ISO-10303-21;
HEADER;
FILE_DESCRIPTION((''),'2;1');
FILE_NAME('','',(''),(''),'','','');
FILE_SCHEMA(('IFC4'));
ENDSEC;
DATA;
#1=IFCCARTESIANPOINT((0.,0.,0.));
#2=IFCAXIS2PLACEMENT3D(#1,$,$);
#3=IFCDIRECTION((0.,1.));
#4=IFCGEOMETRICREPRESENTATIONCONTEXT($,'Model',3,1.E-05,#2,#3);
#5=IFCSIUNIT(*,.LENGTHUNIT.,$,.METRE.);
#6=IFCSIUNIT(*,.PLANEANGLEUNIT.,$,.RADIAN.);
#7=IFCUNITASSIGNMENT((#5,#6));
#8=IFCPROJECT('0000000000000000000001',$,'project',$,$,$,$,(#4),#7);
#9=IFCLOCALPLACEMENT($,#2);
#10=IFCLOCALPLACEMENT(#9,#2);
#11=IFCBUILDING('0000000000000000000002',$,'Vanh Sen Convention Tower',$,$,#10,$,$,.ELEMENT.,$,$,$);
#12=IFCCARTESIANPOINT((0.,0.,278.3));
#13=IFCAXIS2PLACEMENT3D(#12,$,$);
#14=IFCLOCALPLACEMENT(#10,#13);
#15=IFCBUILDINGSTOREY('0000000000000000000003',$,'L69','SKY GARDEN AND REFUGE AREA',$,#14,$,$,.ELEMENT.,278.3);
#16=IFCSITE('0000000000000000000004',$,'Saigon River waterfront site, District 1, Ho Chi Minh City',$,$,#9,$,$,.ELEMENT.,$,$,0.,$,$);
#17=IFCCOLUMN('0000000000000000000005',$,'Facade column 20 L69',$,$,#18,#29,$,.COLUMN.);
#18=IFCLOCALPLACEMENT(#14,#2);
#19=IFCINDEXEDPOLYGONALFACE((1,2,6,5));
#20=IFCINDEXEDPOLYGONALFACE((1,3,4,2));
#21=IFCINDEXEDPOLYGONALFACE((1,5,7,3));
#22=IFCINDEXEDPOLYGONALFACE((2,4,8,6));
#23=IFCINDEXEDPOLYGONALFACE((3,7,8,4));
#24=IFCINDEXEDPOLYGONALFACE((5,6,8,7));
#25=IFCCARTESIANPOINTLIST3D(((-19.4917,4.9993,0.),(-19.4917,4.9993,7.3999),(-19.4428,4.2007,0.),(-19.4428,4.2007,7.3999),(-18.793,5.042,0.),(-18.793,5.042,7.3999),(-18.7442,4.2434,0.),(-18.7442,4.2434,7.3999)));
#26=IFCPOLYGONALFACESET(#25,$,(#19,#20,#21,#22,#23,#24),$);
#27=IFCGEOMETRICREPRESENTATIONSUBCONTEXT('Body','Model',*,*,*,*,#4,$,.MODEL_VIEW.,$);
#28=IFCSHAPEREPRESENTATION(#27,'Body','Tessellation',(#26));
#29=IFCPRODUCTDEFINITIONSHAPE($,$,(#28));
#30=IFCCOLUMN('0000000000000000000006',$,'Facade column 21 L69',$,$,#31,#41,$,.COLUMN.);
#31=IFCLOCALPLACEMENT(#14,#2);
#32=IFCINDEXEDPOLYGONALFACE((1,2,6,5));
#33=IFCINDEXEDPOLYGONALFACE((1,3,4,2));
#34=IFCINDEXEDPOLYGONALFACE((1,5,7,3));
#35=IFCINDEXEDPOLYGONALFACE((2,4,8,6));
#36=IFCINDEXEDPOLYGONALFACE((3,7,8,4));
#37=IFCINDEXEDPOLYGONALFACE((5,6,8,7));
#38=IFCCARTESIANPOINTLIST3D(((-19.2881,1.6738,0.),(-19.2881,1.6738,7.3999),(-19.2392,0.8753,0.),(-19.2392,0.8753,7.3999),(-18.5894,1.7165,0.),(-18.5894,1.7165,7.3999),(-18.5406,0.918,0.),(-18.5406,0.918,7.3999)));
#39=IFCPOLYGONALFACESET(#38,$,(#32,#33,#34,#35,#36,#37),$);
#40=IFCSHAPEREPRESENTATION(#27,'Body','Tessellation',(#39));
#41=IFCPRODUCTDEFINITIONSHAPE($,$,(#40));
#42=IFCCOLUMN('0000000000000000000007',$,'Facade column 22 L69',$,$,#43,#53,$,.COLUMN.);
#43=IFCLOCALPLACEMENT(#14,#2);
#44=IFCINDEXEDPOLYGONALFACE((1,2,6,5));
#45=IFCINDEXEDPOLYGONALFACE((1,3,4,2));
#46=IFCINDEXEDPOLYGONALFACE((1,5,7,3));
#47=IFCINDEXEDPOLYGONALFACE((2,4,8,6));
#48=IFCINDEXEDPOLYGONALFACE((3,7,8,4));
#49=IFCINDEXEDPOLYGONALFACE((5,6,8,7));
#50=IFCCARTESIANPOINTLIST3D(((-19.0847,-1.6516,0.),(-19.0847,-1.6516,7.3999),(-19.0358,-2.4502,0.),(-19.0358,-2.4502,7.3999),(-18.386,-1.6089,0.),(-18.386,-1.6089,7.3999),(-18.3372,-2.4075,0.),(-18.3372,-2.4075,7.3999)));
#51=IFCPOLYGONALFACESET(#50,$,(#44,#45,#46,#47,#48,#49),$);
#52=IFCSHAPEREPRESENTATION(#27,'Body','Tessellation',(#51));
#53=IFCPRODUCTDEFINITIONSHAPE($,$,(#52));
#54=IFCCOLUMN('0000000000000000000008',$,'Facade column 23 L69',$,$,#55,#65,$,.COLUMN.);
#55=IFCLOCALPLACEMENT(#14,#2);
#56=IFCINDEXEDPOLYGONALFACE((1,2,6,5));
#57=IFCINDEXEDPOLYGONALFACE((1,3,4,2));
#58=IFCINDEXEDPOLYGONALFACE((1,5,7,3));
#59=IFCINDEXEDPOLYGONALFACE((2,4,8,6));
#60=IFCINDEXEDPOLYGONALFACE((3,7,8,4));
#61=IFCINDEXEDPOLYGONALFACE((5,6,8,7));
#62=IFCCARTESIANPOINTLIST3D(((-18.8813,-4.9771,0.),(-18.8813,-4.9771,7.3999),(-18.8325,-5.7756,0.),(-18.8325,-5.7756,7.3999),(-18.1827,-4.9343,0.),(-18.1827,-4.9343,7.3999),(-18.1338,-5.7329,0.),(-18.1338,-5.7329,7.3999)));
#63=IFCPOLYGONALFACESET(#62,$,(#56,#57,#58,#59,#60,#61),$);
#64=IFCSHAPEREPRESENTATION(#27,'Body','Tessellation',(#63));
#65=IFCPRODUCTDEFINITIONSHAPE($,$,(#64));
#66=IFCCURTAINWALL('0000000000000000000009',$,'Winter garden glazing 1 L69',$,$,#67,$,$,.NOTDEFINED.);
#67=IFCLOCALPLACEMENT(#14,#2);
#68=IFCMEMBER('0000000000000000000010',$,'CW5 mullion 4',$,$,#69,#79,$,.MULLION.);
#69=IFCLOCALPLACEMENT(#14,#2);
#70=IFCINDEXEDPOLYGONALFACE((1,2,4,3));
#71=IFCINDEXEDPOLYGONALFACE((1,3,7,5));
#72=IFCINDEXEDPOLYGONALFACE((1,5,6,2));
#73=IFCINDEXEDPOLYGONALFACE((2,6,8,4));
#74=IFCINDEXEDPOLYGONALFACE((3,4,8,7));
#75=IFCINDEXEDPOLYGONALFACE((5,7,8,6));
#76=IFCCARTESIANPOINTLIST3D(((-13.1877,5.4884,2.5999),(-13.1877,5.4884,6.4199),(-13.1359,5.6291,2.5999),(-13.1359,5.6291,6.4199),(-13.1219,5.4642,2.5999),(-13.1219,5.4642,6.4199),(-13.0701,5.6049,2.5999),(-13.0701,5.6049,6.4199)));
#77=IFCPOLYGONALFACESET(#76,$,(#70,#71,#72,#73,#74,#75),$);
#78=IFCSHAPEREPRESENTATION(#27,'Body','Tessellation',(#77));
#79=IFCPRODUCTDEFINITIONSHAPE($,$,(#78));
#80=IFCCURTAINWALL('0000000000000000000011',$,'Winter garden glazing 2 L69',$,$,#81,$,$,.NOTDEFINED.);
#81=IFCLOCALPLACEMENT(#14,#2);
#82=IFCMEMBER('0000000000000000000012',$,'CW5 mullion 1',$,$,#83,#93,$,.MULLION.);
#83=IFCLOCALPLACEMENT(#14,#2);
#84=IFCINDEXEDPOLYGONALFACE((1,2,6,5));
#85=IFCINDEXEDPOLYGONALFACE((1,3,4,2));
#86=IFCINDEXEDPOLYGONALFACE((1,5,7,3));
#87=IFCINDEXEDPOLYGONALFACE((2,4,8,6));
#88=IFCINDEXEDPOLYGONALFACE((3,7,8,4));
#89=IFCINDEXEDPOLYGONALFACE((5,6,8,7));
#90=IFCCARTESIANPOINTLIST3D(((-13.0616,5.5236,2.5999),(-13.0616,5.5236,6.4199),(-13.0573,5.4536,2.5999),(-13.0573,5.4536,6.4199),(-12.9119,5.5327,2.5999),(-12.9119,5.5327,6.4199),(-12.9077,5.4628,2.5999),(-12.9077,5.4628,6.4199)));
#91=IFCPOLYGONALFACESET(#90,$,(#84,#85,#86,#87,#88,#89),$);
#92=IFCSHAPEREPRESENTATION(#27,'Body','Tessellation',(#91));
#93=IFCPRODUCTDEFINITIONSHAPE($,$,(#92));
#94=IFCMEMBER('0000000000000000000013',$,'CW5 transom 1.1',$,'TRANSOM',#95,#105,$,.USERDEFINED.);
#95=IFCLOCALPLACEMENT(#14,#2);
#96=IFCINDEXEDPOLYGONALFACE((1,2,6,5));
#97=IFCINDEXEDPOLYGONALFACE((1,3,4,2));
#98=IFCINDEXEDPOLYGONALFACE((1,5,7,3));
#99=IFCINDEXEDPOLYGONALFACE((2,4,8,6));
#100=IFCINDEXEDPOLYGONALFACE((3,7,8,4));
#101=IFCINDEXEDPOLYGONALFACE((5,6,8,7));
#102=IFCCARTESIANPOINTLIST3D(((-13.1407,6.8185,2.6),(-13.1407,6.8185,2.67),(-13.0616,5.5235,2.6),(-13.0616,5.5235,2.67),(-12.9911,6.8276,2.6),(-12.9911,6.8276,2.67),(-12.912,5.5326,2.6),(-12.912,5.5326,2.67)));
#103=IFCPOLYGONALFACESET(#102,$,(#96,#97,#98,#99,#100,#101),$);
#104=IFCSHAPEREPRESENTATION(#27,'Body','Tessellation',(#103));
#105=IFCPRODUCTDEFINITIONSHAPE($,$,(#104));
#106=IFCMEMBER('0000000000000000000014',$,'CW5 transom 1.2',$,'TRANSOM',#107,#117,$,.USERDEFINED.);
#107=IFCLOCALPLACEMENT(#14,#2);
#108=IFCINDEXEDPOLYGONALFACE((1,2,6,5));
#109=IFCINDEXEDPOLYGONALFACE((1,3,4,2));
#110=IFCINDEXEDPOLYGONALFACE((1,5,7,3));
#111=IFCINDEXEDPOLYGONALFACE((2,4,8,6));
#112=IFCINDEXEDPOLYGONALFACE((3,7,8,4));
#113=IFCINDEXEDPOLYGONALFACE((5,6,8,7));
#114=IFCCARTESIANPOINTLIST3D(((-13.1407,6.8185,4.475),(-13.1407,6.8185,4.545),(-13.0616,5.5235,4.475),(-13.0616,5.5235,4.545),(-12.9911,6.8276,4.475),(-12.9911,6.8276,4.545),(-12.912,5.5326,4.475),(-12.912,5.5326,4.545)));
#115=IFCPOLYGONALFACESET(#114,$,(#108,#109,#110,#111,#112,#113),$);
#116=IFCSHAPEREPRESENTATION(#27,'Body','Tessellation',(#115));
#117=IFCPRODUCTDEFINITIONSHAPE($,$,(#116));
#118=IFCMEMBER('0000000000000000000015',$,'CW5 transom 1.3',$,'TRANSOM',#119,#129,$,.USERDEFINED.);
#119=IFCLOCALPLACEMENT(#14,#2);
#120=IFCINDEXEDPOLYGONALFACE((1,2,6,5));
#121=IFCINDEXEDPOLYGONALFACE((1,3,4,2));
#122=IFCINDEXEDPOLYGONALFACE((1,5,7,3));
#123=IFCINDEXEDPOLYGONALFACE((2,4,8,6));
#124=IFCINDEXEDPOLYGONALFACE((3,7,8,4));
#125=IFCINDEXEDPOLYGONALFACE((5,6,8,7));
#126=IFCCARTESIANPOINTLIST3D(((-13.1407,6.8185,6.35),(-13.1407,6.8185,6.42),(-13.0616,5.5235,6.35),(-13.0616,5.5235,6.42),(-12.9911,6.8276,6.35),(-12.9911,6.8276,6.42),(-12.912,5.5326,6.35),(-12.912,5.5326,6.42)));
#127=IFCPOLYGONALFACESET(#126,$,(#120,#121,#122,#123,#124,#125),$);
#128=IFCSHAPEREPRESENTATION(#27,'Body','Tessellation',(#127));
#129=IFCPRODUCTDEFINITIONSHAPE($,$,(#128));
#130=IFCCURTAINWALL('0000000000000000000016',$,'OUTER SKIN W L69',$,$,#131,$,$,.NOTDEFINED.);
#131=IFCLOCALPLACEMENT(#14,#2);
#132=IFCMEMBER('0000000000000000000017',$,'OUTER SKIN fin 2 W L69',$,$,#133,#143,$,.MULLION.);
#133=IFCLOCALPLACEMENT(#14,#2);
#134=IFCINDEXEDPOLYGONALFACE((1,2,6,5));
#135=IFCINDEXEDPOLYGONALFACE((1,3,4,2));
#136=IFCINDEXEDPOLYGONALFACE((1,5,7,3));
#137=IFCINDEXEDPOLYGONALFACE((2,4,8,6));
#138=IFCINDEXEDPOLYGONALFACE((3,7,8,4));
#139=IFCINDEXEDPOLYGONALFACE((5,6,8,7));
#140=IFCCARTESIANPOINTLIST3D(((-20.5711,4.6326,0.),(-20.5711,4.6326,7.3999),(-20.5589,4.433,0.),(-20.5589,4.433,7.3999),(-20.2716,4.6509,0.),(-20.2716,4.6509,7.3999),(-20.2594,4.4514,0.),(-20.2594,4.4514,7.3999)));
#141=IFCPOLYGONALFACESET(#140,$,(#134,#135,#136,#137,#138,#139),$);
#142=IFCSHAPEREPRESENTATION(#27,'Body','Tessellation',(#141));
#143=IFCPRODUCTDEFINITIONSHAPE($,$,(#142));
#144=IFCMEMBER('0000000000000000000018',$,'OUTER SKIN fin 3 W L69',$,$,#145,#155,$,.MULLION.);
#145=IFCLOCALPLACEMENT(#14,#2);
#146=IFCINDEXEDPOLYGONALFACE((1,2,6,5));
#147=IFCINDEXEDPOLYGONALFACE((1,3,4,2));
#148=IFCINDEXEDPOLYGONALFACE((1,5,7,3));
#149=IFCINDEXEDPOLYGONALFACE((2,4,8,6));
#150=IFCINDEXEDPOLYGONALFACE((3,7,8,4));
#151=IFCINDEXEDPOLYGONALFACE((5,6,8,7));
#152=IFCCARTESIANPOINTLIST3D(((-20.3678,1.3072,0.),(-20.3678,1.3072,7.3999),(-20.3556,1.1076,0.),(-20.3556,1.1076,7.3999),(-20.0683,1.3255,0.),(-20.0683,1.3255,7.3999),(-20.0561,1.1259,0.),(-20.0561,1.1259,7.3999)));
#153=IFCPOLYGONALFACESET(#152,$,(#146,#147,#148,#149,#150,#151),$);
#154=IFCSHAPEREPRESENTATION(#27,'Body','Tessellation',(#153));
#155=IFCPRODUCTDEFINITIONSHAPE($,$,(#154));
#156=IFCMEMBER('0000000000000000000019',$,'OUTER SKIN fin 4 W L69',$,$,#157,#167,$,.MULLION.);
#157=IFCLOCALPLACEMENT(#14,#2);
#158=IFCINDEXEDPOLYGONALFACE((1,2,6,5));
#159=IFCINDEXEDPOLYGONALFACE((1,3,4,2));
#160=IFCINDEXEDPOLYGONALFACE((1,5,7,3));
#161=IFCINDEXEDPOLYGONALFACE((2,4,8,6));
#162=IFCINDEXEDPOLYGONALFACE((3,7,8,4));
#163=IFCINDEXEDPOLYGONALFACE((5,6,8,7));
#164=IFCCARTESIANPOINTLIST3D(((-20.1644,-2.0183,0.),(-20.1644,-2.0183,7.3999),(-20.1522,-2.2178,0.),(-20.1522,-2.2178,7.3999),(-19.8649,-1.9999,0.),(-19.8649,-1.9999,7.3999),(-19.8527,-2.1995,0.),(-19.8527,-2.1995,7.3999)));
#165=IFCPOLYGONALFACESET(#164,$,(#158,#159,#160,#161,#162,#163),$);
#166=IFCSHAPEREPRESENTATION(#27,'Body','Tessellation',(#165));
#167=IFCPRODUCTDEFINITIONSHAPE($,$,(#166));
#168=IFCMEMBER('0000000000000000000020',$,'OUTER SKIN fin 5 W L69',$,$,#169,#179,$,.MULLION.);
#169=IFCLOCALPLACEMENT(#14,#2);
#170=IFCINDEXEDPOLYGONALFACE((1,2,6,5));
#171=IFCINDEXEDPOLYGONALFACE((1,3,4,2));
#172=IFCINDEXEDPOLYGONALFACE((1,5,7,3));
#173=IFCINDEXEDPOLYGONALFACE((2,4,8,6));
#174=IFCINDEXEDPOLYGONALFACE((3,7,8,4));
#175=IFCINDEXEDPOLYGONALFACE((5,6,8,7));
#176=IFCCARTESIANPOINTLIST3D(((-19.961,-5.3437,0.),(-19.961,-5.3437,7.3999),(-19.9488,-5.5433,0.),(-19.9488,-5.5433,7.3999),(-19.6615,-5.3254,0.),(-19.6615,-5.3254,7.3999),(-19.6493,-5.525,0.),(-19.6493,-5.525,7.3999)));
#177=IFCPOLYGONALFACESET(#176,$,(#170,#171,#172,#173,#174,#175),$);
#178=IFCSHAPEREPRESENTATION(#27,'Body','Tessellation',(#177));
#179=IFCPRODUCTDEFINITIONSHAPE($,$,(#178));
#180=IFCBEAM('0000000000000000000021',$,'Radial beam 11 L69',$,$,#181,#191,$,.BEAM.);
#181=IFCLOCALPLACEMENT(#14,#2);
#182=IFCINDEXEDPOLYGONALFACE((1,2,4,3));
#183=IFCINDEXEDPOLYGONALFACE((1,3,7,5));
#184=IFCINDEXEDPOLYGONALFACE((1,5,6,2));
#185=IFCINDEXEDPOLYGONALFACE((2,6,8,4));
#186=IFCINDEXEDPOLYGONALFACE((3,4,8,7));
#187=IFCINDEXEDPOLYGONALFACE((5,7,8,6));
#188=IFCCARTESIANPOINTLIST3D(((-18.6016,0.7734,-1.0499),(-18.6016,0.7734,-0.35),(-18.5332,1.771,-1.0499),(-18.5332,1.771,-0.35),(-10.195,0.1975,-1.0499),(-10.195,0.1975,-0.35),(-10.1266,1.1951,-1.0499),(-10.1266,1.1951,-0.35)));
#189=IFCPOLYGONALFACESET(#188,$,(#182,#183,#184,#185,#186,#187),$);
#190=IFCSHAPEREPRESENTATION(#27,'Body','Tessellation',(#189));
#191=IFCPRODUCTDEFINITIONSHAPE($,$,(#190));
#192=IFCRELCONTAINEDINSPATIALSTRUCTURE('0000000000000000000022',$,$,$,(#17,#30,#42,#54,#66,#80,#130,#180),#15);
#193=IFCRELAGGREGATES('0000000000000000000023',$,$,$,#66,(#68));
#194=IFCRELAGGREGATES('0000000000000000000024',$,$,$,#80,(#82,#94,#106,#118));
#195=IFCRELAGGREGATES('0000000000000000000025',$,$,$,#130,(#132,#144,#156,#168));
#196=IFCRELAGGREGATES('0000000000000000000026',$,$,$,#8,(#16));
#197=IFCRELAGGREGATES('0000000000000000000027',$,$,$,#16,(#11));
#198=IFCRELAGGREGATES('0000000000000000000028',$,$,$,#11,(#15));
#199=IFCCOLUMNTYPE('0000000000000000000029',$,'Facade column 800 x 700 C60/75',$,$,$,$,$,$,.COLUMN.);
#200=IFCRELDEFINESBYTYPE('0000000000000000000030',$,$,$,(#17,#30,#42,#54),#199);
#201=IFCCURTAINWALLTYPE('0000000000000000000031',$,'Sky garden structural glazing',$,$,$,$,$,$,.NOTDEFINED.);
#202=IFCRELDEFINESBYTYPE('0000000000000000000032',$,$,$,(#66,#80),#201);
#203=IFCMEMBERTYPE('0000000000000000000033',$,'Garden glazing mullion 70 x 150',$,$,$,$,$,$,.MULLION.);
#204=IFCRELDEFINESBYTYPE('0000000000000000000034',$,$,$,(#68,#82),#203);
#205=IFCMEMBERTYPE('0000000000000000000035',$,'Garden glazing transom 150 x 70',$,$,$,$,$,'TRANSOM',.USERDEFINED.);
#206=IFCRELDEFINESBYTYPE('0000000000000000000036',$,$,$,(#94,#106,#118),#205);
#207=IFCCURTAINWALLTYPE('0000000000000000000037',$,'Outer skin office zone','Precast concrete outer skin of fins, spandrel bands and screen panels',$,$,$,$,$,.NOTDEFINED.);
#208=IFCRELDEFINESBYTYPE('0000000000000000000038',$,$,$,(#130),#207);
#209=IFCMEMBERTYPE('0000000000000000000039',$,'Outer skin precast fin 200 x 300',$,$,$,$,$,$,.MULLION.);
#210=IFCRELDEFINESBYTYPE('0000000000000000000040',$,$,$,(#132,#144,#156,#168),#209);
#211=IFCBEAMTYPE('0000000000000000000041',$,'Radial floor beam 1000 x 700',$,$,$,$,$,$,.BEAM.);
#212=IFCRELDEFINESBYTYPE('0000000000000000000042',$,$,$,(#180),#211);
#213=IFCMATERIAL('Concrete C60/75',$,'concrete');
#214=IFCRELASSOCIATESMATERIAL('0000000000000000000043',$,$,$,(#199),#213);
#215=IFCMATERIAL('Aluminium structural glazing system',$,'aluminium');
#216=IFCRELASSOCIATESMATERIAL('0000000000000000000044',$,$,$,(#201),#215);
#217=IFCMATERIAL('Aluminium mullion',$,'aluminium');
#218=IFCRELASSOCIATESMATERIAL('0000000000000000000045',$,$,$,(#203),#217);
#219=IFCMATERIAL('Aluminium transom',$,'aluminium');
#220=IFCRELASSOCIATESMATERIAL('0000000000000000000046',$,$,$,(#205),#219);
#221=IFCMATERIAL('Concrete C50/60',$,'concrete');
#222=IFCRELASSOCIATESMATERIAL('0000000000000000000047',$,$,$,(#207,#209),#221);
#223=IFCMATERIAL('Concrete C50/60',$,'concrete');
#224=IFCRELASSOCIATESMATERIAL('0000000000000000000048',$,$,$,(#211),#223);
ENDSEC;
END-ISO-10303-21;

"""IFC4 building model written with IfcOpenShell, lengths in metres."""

from ifc_helpers import new_model, si_unit, direction, frame, origin, origin_2d, place, context, subcontext, project, spatial, rectangle, extrude, material, material_profile, profile_set, type_object, element, aggregate, save


model = new_model("IFC4")

# Units and contexts
model_context = context("Model", 3, precision=1e-05, world=origin(), true_north=direction((0.0, 1.0)))
body_context = subcontext(model_context, "Body", "Model", "MODEL_VIEW")
ifc_project = project(units=[si_unit("LENGTHUNIT", "METRE"), si_unit("PLANEANGLEUNIT", "RADIAN")], contexts=[model_context])

# Site, building, storey
site_placement = place(None, origin())
site = spatial("IfcSite", under=ifc_project, at=site_placement, Name="Saigon River waterfront site, District 1, Ho Chi Minh City", CompositionType="ELEMENT", RefElevation=0.0)
building_placement = place(site_placement, origin())
building = spatial("IfcBuilding", under=site, at=building_placement, Name="Vanh Sen Convention Tower", CompositionType="ELEMENT")
storey_placement = place(building_placement, frame((0.0, 0.0, 278.3)))
storey = spatial("IfcBuildingStorey", under=building, at=storey_placement, Name="L69", Description="SKY GARDEN AND REFUGE AREA", CompositionType="ELEMENT", Elevation=278.3)

# Columns
ifc_material_1 = material(Name="Concrete C60/75", Category="concrete")
ifc_material_profile_1 = material_profile(ifc_material_1, rectangle(XDim=0.8, YDim=0.7, at=origin_2d()), Name="RC 800X700")
ifc_profile_set_1 = profile_set([ifc_material_profile_1], Name="Concrete C60/75")
column_type = type_object("IfcColumnType", Name="Facade column 800 x 700 C60/75", PredefinedType="COLUMN", material=ifc_profile_set_1)
for number, where, z_axis, x_axis, name in (
    (1, (-19.1179, 4.6213, 0.0), (0.0, 0.0, 1.0), (0.061049, -0.998135, 0.0), "Facade column 20 L69"),
    (2, (-18.9143, 1.2959, 0.0), (0.0, 0.0, 1.0), (0.061049, -0.998135, 0.0), "Facade column 21 L69"),
    (3, (-18.7109, -2.0295, 0.0), (0.0, 0.0, 1.0), (0.061049, -0.998135, 0.0), "Facade column 22 L69"),
    (4, (-18.5076, -5.355, 0.0), (0.0, 0.0, 1.0), (0.061049, -0.998135, 0.0), "Facade column 23 L69"),
):
    element("IfcColumn", number, at=place(storey_placement, frame(where, z_axis=z_axis, x_axis=x_axis)), inside=storey, type_object=column_type, Name=name, PredefinedType="COLUMN", context=body_context, shape_type="SweptSolid", body=[
        extrude(rectangle(XDim=0.8, YDim=0.7, at=origin_2d()), origin(), (0.0, 0.0, 1.0), 7.3999),
    ])

# Curtain wall, member
ifc_material_2 = material(Name="Aluminium structural glazing system", Category="aluminium")
curtain_wall_type_1 = type_object("IfcCurtainWallType", Name="Sky garden structural glazing", PredefinedType="NOTDEFINED", material=ifc_material_2)
curtain_wall_1_placement = place(storey_placement, origin())
curtain_wall_1 = element("IfcCurtainWall", 5, at=curtain_wall_1_placement, inside=storey, type_object=curtain_wall_type_1, Name="Winter garden glazing 1 L69", PredefinedType="NOTDEFINED")
ifc_material_3 = material(Name="Aluminium mullion", Category="aluminium")
ifc_material_profile_2 = material_profile(ifc_material_3, rectangle(XDim=0.1499, YDim=0.0701, at=origin_2d()), Name="Garden glazing mullion 70 x 150")
ifc_profile_set_2 = profile_set([ifc_material_profile_2], Name="Aluminium mullion")
member_type_1 = type_object("IfcMemberType", Name="Garden glazing mullion 70 x 150", PredefinedType="MULLION", material=ifc_profile_set_2)
member_1_placement = place(storey_placement, frame((-13.1289, 5.5466, 2.5999), z_axis=(0.0, 0.0, 1.0), x_axis=(0.345297, 0.938493, 0.0)))
member_1 = element("IfcMember", 6, at=member_1_placement, type_object=member_type_1, Name="CW5 mullion 4", PredefinedType="MULLION", context=body_context, shape_type="SweptSolid", body=[
    extrude(rectangle(XDim=0.1499, YDim=0.0701, at=origin_2d()), origin(), (0.0, 0.0, 1.0), 3.8201),
])
aggregate(curtain_wall_1, [member_1])

# Curtain walls, members
curtain_wall_2_placement = place(storey_placement, origin())
curtain_wall_2 = element("IfcCurtainWall", 7, at=curtain_wall_2_placement, inside=storey, type_object=curtain_wall_type_1, Name="Winter garden glazing 2 L69", PredefinedType="NOTDEFINED")
member_2_placement = place(storey_placement, frame((-12.9846, 5.4932, 2.5999), z_axis=(0.0, 0.0, 1.0), x_axis=(-0.998137, -0.061018, 0.0)))
member_2 = element("IfcMember", 8, at=member_2_placement, type_object=member_type_1, Name="CW5 mullion 1", PredefinedType="MULLION", context=body_context, shape_type="SweptSolid", body=[
    extrude(rectangle(XDim=0.1499, YDim=0.0701, at=origin_2d()), origin(), (0.0, 0.0, 1.0), 3.8201),
])
ifc_material_4 = material(Name="Aluminium transom", Category="aluminium")
ifc_material_profile_3 = material_profile(ifc_material_4, rectangle(XDim=0.1499, YDim=0.0701, at=origin_2d()), Name="Garden glazing transom 150 x 70")
ifc_profile_set_3 = profile_set([ifc_material_profile_3], Name="Aluminium transom")
member_type_2 = type_object("IfcMemberType", Name="Garden glazing transom 150 x 70", ElementType="TRANSOM", PredefinedType="USERDEFINED", material=ifc_profile_set_3)
member_3_placement = place(storey_placement, frame((-12.9868, 5.5281, 2.635), z_axis=(-0.060972, 0.998139, 0.0), x_axis=(-0.998139, -0.060972, 0.0)))
member_3 = element("IfcMember", 9, at=member_3_placement, type_object=member_type_2, Name="CW5 transom 1.1", ObjectType="TRANSOM", PredefinedType="USERDEFINED", context=body_context, shape_type="SweptSolid", body=[
    extrude(rectangle(XDim=0.1499, YDim=0.0701, at=origin_2d()), origin(), (0.0, 0.0, 1.0), 1.2974),
])
member_4_placement = place(storey_placement, frame((-12.9868, 5.5281, 4.51), z_axis=(-0.060972, 0.998139, 0.0), x_axis=(-0.998139, -0.060972, 0.0)))
member_4 = element("IfcMember", 10, at=member_4_placement, type_object=member_type_2, Name="CW5 transom 1.2", ObjectType="TRANSOM", PredefinedType="USERDEFINED", context=body_context, shape_type="SweptSolid", body=[
    extrude(rectangle(XDim=0.1499, YDim=0.0701, at=origin_2d()), origin(), (0.0, 0.0, 1.0), 1.2974),
])
member_5_placement = place(storey_placement, frame((-12.9868, 5.5281, 6.385), z_axis=(-0.060972, 0.998139, 0.0), x_axis=(-0.998139, -0.060972, 0.0)))
member_5 = element("IfcMember", 11, at=member_5_placement, type_object=member_type_2, Name="CW5 transom 1.3", ObjectType="TRANSOM", PredefinedType="USERDEFINED", context=body_context, shape_type="SweptSolid", body=[
    extrude(rectangle(XDim=0.1499, YDim=0.0701, at=origin_2d()), origin(), (0.0, 0.0, 1.0), 1.2974),
])
aggregate(curtain_wall_2, [member_2, member_3, member_4, member_5])
ifc_material_5 = material(Name="Concrete C50/60", Category="concrete")
curtain_wall_type_2 = type_object("IfcCurtainWallType", Name="Outer skin office zone", Description="Precast concrete outer skin of fins, spandrel bands and screen panels", PredefinedType="NOTDEFINED", material=ifc_material_5)
curtain_wall_3_placement = place(storey_placement, origin())
curtain_wall_3 = element("IfcCurtainWall", 12, at=curtain_wall_3_placement, inside=storey, type_object=curtain_wall_type_2, Name="OUTER SKIN W L69", PredefinedType="NOTDEFINED")
ifc_material_profile_4 = material_profile(ifc_material_5, rectangle(XDim=0.2, YDim=0.3, at=origin_2d()), Name="Outer skin precast fin 200 x 300")
ifc_profile_set_4 = profile_set([ifc_material_profile_4], Name="Concrete C50/60")
member_type_3 = type_object("IfcMemberType", Name="Outer skin precast fin 200 x 300", PredefinedType="MULLION", material=ifc_profile_set_4)
member_6_placement = place(storey_placement, frame((-20.4153, 4.542, 0.0), z_axis=(0.0, 0.0, 1.0), x_axis=(0.061049, -0.998135, 0.0)))
member_6 = element("IfcMember", 13, at=member_6_placement, type_object=member_type_3, Name="OUTER SKIN fin 2 W L69", PredefinedType="MULLION", context=body_context, shape_type="SweptSolid", body=[
    extrude(rectangle(XDim=0.2, YDim=0.3, at=origin_2d()), origin(), (0.0, 0.0, 1.0), 7.3999),
])
member_7_placement = place(storey_placement, frame((-20.2119, 1.2166, 0.0), z_axis=(0.0, 0.0, 1.0), x_axis=(0.061049, -0.998135, 0.0)))
member_7 = element("IfcMember", 14, at=member_7_placement, type_object=member_type_3, Name="OUTER SKIN fin 3 W L69", PredefinedType="MULLION", context=body_context, shape_type="SweptSolid", body=[
    extrude(rectangle(XDim=0.2, YDim=0.3, at=origin_2d()), origin(), (0.0, 0.0, 1.0), 7.3999),
])
member_8_placement = place(storey_placement, frame((-20.0085, -2.1089, 0.0), z_axis=(0.0, 0.0, 1.0), x_axis=(0.061049, -0.998135, 0.0)))
member_8 = element("IfcMember", 15, at=member_8_placement, type_object=member_type_3, Name="OUTER SKIN fin 4 W L69", PredefinedType="MULLION", context=body_context, shape_type="SweptSolid", body=[
    extrude(rectangle(XDim=0.2, YDim=0.3, at=origin_2d()), origin(), (0.0, 0.0, 1.0), 7.3999),
])
member_9_placement = place(storey_placement, frame((-19.8052, -5.4343, 0.0), z_axis=(0.0, 0.0, 1.0), x_axis=(0.061049, -0.998135, 0.0)))
member_9 = element("IfcMember", 16, at=member_9_placement, type_object=member_type_3, Name="OUTER SKIN fin 5 W L69", PredefinedType="MULLION", context=body_context, shape_type="SweptSolid", body=[
    extrude(rectangle(XDim=0.2, YDim=0.3, at=origin_2d()), origin(), (0.0, 0.0, 1.0), 7.3999),
])

# Beam
ifc_material_6 = material(Name="Concrete C50/60", Category="concrete")
ifc_material_profile_5 = material_profile(ifc_material_6, rectangle(XDim=1.0, YDim=0.7, at=origin_2d()), Name="RC 1000X700")
ifc_profile_set_5 = profile_set([ifc_material_profile_5], Name="Concrete C50/60")
beam_type_1 = type_object("IfcBeamType", Name="Radial floor beam 1000 x 700", PredefinedType="BEAM", material=ifc_profile_set_5)
beam_1_placement = place(storey_placement, frame((-18.5674, 1.2722, -0.7), z_axis=(0.997661, -0.06835, 0.0), x_axis=(0.06835, 0.997661, 0.0)))
element("IfcBeam", 17, at=beam_1_placement, inside=storey, type_object=beam_type_1, Name="Radial beam 11 L69", PredefinedType="BEAM", context=body_context, shape_type="SweptSolid", body=[
    extrude(rectangle(XDim=1.0, YDim=0.7, at=origin_2d()), origin(), (0.0, 0.0, 1.0), 8.4263),
])

aggregate(curtain_wall_3, [member_6, member_7, member_8, member_9])

save(model, "model.ifc")
